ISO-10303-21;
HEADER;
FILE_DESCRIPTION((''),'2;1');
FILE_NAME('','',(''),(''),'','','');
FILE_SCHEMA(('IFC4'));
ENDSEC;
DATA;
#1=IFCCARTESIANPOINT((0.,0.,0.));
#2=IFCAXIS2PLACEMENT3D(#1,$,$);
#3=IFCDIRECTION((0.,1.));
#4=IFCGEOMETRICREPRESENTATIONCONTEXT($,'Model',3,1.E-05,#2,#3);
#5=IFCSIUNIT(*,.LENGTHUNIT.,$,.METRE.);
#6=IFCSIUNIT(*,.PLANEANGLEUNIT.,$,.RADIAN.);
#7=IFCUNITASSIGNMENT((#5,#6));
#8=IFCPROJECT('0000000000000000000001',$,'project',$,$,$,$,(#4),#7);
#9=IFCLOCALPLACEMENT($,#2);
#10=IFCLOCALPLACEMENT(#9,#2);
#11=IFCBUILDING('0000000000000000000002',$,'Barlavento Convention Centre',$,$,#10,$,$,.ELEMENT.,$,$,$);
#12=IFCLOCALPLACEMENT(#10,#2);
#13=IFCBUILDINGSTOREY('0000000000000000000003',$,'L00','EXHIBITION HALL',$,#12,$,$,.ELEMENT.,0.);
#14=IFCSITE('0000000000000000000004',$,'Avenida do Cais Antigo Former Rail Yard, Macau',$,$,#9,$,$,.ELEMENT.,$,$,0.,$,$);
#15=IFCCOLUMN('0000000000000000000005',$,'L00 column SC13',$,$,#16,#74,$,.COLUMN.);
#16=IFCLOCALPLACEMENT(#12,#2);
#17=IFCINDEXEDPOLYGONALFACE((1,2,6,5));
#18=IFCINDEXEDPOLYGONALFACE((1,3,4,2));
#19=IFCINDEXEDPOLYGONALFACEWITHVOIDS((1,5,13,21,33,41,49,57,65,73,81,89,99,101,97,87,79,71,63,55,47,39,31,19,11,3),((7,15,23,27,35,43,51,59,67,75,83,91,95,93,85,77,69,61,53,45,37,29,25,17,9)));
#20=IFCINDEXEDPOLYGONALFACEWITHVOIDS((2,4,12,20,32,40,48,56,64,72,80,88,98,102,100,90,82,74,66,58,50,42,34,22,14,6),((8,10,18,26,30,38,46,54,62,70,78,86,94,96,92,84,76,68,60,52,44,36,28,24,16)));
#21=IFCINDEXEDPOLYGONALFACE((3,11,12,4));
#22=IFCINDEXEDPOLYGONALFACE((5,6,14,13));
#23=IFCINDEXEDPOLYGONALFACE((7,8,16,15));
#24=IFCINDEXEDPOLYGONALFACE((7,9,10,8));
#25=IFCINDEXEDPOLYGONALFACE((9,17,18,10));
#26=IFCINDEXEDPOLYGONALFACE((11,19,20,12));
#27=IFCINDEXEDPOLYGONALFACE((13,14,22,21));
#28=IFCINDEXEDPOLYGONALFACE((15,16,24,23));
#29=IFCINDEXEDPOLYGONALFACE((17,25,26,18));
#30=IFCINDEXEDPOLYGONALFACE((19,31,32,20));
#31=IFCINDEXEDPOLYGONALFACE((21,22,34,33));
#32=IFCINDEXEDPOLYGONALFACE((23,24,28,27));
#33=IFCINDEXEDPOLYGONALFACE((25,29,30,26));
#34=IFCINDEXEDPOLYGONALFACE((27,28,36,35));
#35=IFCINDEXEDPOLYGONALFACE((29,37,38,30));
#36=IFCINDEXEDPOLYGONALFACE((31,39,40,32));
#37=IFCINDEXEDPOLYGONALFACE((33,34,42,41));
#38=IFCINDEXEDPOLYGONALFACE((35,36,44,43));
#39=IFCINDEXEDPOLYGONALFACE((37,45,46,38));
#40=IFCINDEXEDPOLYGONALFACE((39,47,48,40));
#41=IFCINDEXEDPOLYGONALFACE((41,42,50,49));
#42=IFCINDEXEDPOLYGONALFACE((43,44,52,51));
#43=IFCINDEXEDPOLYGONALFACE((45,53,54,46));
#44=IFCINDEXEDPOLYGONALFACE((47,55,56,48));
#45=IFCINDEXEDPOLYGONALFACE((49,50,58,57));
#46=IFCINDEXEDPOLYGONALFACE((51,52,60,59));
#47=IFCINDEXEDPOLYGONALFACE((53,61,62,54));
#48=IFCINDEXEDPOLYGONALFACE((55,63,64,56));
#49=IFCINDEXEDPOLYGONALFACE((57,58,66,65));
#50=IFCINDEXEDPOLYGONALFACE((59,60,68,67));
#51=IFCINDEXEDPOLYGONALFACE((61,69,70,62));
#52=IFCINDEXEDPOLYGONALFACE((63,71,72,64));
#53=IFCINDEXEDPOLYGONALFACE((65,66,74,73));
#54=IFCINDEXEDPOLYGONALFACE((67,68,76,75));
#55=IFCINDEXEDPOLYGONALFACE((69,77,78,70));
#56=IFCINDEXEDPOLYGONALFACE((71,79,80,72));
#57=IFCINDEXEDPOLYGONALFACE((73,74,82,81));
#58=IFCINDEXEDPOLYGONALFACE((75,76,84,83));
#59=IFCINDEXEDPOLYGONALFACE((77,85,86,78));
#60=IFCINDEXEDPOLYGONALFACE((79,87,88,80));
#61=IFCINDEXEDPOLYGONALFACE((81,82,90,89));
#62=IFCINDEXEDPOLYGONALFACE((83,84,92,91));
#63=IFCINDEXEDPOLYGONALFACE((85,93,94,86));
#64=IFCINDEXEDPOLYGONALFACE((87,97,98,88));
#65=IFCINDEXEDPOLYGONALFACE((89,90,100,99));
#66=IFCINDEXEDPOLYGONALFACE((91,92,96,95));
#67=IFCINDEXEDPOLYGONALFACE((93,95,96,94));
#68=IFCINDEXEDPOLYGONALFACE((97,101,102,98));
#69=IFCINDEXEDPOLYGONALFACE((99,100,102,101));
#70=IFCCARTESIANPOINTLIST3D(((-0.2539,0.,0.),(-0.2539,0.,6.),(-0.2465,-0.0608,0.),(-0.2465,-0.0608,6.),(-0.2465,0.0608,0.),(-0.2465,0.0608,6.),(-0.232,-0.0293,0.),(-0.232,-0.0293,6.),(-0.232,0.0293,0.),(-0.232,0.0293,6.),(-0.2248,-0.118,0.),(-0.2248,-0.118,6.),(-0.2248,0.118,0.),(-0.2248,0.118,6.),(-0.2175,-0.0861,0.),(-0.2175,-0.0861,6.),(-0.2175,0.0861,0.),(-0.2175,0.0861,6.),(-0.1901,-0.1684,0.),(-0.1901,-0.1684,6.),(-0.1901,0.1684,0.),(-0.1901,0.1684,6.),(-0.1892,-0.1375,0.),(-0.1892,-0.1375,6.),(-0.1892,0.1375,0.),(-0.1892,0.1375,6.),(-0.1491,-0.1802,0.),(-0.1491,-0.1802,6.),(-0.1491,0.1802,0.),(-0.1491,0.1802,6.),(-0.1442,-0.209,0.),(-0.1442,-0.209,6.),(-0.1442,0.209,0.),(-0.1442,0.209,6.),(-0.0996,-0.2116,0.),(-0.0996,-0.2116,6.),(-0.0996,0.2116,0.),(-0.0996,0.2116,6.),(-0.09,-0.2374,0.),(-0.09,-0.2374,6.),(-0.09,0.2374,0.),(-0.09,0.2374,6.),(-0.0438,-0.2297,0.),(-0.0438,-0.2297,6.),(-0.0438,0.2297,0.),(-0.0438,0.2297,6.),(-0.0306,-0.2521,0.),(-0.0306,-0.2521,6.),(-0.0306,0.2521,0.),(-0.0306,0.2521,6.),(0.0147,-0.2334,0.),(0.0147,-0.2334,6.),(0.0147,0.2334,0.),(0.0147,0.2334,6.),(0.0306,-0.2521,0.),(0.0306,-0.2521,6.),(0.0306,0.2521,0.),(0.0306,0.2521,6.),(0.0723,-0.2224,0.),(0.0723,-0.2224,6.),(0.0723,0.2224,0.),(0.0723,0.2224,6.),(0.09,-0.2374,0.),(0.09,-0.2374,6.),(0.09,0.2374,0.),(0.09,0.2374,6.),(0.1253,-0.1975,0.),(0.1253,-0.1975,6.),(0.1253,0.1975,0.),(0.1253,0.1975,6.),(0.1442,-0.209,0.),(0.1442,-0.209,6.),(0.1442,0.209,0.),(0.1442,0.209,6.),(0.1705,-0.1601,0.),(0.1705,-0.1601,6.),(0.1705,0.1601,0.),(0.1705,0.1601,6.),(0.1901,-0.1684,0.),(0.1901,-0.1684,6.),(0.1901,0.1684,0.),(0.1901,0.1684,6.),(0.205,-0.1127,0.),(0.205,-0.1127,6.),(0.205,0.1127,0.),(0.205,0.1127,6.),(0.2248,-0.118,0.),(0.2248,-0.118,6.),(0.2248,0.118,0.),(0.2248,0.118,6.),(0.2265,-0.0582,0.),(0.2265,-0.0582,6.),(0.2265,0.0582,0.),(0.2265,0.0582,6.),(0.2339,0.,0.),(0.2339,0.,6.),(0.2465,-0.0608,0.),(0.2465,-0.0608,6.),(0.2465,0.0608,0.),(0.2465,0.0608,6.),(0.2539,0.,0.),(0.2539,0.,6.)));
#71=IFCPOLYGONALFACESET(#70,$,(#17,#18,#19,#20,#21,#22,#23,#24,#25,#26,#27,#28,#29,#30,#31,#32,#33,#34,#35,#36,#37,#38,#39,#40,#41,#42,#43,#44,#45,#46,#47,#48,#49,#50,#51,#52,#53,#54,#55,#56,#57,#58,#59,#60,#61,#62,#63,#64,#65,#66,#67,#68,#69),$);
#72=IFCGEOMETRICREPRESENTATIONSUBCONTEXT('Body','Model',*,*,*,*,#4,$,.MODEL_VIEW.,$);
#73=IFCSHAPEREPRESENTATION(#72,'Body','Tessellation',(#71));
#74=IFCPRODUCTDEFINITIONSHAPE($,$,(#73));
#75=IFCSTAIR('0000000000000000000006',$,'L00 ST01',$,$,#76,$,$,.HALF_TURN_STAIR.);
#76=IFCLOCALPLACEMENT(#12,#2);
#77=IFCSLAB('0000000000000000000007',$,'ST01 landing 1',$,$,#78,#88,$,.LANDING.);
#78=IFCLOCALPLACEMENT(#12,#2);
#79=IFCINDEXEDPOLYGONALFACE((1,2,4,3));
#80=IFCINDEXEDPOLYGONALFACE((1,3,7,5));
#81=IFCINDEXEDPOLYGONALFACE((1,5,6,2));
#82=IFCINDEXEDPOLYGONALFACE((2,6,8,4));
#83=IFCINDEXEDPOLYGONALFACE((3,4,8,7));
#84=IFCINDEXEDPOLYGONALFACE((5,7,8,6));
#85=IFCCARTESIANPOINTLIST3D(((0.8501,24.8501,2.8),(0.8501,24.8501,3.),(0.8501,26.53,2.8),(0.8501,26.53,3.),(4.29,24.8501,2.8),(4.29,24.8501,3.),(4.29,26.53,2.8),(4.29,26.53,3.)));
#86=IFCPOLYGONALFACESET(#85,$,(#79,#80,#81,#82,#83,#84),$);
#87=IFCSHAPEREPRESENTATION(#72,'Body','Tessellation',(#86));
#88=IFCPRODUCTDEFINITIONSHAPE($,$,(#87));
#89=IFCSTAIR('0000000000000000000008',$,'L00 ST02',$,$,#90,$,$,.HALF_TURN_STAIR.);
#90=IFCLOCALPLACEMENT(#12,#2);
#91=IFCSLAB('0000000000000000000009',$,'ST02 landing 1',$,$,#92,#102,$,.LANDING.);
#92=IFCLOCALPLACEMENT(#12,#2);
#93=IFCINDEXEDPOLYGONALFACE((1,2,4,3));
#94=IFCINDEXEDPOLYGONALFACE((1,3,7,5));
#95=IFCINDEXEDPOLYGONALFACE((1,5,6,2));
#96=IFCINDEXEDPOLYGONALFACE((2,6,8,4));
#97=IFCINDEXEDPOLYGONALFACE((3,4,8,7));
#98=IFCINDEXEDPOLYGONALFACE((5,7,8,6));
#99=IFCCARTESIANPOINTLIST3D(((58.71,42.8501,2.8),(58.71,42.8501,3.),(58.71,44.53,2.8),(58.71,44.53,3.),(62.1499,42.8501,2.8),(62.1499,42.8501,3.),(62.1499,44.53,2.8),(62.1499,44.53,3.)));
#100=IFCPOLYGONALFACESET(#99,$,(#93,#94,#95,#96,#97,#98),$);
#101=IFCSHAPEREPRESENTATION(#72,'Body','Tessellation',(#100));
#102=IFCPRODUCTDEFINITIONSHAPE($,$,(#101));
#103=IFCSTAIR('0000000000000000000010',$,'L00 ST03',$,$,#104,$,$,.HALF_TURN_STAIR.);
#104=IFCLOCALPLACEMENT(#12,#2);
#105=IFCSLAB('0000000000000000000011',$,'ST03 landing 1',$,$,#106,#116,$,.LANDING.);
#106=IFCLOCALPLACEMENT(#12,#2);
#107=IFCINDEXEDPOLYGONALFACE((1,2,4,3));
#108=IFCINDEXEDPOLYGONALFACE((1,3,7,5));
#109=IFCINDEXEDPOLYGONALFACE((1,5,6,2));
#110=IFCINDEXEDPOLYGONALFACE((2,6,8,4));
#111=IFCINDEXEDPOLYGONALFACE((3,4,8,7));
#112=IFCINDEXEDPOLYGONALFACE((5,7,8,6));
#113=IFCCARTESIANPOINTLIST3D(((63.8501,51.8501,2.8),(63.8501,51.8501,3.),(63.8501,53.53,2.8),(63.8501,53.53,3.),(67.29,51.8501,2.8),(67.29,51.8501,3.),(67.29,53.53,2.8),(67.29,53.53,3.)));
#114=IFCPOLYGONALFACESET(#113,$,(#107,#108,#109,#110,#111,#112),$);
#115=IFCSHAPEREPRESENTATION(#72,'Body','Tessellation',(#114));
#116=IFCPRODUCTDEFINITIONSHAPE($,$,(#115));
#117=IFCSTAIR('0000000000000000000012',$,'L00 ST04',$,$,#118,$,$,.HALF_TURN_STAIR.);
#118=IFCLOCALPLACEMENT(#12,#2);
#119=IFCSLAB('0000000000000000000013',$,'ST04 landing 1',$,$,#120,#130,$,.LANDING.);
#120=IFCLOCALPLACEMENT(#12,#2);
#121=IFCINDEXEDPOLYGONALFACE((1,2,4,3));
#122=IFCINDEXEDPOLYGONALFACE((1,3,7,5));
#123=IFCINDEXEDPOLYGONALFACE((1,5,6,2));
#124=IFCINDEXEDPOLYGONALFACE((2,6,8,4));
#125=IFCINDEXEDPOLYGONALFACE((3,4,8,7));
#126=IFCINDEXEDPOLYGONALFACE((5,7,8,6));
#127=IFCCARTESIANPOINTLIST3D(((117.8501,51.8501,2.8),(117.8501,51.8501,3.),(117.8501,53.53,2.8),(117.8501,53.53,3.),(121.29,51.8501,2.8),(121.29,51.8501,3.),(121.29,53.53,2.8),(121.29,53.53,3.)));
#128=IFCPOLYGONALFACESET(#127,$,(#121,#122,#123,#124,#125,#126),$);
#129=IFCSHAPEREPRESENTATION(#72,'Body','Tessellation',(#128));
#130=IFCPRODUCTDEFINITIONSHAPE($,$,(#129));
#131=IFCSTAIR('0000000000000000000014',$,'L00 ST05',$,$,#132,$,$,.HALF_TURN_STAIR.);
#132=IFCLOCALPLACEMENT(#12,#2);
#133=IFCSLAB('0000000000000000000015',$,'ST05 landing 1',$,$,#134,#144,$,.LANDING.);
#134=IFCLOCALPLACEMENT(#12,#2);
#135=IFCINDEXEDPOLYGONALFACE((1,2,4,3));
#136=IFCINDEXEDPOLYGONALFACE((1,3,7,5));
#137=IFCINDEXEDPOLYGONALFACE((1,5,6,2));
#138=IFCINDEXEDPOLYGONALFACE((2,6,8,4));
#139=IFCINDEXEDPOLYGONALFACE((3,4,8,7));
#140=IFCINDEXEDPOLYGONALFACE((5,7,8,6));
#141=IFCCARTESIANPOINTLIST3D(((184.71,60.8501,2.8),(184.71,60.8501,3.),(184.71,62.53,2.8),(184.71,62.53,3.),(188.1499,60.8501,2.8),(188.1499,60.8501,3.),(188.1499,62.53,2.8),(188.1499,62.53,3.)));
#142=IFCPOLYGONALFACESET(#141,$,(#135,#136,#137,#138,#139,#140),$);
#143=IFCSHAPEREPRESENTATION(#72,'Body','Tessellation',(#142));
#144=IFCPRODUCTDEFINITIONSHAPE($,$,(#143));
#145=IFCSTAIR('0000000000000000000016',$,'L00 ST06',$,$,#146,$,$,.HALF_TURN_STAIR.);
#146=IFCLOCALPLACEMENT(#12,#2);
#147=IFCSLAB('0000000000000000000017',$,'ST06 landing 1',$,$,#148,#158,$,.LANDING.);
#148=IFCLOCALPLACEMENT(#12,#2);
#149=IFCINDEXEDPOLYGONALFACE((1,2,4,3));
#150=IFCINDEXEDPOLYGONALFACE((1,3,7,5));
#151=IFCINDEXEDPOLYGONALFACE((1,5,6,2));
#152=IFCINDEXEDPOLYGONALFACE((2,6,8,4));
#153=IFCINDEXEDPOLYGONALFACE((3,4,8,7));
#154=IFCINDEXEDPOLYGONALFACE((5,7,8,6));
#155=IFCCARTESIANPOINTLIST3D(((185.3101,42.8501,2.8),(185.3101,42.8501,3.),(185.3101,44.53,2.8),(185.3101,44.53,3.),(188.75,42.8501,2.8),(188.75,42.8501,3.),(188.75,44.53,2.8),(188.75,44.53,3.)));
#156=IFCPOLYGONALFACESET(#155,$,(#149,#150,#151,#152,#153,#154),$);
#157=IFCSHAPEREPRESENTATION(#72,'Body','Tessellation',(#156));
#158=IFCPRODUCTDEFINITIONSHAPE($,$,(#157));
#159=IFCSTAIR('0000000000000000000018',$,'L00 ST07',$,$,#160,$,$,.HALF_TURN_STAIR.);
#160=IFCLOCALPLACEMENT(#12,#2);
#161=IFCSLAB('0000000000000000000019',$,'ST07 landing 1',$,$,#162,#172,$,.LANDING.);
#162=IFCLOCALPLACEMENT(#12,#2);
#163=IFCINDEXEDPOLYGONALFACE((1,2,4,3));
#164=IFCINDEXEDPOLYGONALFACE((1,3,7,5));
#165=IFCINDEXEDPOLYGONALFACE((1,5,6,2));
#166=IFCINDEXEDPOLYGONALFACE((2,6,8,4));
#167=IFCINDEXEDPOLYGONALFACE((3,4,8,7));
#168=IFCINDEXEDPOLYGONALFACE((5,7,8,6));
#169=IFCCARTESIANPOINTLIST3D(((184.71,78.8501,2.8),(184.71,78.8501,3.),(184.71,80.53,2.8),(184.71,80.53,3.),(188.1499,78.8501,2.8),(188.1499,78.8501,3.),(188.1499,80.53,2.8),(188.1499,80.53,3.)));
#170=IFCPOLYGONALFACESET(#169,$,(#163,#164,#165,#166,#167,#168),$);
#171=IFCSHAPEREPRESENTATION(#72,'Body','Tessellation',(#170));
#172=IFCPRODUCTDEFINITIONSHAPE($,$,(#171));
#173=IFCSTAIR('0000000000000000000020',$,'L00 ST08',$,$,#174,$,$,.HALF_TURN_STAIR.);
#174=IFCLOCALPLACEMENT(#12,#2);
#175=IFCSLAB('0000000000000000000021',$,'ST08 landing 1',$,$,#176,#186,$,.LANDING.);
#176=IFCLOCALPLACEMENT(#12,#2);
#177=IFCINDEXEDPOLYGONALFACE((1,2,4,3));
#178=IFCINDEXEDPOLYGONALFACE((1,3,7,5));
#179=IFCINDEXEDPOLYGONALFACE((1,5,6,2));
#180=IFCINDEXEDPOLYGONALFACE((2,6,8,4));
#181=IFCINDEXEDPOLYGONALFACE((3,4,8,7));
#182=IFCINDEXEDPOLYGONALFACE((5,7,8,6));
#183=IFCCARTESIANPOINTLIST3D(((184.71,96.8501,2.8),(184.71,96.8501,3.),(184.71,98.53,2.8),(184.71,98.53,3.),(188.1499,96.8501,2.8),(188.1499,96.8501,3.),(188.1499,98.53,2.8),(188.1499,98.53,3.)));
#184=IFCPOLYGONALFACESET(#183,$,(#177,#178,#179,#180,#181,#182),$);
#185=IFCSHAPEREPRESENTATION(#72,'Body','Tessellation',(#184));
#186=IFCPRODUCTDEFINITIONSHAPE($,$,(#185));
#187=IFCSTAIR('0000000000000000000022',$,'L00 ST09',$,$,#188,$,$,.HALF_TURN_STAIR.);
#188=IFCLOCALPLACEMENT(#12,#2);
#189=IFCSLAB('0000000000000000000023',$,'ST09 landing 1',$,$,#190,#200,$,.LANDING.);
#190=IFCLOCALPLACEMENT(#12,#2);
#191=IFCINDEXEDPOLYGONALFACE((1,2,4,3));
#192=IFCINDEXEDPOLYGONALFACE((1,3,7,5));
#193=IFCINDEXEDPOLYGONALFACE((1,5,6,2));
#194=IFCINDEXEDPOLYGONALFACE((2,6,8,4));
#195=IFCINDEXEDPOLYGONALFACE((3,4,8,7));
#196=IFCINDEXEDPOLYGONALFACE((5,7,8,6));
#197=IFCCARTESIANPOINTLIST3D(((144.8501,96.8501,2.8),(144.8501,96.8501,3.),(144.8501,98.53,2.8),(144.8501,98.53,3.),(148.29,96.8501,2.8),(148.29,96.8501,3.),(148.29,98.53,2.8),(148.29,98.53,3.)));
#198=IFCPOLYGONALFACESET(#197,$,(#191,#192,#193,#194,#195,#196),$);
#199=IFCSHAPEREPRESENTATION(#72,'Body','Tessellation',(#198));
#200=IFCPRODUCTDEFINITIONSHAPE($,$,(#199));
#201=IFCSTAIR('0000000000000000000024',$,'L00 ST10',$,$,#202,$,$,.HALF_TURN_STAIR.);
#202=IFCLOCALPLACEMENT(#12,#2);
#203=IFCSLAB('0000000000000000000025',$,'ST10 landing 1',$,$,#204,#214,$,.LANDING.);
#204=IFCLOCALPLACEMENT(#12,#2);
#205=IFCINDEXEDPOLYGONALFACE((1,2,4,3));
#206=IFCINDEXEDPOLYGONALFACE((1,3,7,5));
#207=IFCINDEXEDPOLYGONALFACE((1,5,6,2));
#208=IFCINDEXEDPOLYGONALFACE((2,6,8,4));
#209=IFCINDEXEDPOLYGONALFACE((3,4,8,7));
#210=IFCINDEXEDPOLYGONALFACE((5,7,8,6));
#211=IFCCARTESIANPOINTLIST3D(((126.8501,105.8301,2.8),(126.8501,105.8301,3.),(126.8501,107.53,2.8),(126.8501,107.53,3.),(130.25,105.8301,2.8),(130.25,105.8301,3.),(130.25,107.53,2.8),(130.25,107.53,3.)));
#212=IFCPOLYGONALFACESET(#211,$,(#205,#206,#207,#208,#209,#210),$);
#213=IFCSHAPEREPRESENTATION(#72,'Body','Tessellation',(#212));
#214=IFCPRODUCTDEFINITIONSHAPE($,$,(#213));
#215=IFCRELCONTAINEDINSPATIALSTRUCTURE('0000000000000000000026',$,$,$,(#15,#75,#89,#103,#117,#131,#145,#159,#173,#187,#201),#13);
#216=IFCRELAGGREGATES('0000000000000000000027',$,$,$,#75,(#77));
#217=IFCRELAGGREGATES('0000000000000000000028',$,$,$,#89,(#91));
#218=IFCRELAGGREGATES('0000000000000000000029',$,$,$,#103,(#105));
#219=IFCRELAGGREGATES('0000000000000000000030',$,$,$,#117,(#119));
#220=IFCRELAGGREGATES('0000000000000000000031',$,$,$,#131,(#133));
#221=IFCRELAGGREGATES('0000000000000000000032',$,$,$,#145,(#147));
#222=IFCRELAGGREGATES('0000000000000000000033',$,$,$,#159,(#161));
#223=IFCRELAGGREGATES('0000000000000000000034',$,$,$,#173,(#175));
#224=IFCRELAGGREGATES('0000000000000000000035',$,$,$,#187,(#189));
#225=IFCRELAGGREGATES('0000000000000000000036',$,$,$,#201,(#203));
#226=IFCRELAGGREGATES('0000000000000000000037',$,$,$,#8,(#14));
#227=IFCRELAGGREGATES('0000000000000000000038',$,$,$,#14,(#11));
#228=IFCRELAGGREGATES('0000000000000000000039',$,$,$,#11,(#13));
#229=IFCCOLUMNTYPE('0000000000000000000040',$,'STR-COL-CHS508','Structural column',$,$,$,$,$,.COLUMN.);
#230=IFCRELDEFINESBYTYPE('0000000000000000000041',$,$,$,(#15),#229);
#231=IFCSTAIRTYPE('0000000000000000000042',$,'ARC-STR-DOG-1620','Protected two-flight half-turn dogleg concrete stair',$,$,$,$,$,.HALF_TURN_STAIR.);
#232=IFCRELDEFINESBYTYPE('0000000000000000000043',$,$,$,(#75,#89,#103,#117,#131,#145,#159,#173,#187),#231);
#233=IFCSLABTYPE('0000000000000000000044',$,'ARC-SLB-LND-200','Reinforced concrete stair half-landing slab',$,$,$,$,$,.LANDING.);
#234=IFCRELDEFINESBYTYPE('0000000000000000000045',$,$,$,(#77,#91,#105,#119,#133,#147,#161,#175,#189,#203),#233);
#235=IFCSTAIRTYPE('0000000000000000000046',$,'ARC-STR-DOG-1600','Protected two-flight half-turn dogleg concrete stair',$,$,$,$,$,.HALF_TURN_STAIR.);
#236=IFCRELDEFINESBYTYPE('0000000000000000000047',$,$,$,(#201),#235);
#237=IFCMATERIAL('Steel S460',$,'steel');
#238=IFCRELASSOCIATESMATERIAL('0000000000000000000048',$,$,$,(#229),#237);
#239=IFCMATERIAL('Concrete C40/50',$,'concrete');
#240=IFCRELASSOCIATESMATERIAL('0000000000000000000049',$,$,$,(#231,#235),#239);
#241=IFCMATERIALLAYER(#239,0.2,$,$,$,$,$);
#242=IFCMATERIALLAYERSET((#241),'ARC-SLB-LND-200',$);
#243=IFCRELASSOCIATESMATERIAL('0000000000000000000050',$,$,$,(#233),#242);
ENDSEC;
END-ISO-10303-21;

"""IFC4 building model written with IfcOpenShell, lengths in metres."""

from ifc_helpers import new_model, si_unit, direction, frame, origin, origin_with_axes, origin_2d, place, context, subcontext, project, spatial, polyline, hollow_circle, outline, extrude, material, layer, layer_set, material_profile, profile_set, type_object, element, aggregate, save


model = new_model("IFC4")

# Units and contexts
model_context = context("Model", 3, precision=1e-05, world=origin(), true_north=direction((0.0, 1.0)))
body_context = subcontext(model_context, "Body", "Model", "MODEL_VIEW")
ifc_project = project(units=[si_unit("LENGTHUNIT", "METRE"), si_unit("PLANEANGLEUNIT", "RADIAN")], contexts=[model_context])

# Site, building, storey
site_placement = place(None, origin())
site = spatial("IfcSite", under=ifc_project, at=site_placement, Name="Avenida do Cais Antigo Former Rail Yard, Macau", CompositionType="ELEMENT", RefElevation=0.0)
building_placement = place(site_placement, origin())
building = spatial("IfcBuilding", under=site, at=building_placement, Name="Barlavento Convention Centre", CompositionType="ELEMENT")
storey_placement = place(building_placement, origin())
storey = spatial("IfcBuildingStorey", under=building, at=storey_placement, Name="L00", Description="EXHIBITION HALL", CompositionType="ELEMENT", Elevation=0.0)

# Column
ifc_material_1 = material(Name="Steel S460", Category="steel")
ifc_material_profile = material_profile(ifc_material_1, hollow_circle(Radius=0.2539, WallThickness=0.02, at=origin_2d()), Name="CHS 508.0x20.0")
ifc_profile_set = profile_set([ifc_material_profile], Name="Steel S460")
column_type = type_object("IfcColumnType", Name="STR-COL-CHS508", Description="Structural column", PredefinedType="COLUMN", material=ifc_profile_set)
column_placement = place(storey_placement, origin_with_axes())
element("IfcColumn", 1, at=column_placement, inside=storey, type_object=column_type, Name="L00 column SC13", PredefinedType="COLUMN", context=body_context, shape_type="SweptSolid", body=[
    extrude(hollow_circle(Radius=0.2539, WallThickness=0.02, at=origin_2d()), origin(), (0.0, 0.0, 1.0), 6.0),
])

# Stairs, slabs
ifc_material_2 = material(Name="Concrete C40/50", Category="concrete")
stair_type_1 = type_object("IfcStairType", Name="ARC-STR-DOG-1620", Description="Protected two-flight half-turn dogleg concrete stair", PredefinedType="HALF_TURN_STAIR", material=ifc_material_2)
stair_1_placement = place(storey_placement, origin())
stair_1 = element("IfcStair", 2, at=stair_1_placement, inside=storey, type_object=stair_type_1, Name="L00 ST01", PredefinedType="HALF_TURN_STAIR")
ifc_layer_1 = layer(ifc_material_2, 0.2)
ifc_layer_set_1 = layer_set([ifc_layer_1], Name="ARC-SLB-LND-200")
slab_type_1 = type_object("IfcSlabType", Name="ARC-SLB-LND-200", Description="Reinforced concrete stair half-landing slab", PredefinedType="LANDING", material=ifc_layer_set_1)
slab_1_placement = place(storey_placement, frame((0.0, 0.0, 2.8)))
slab_1 = element("IfcSlab", 3, at=slab_1_placement, type_object=slab_type_1, Name="ST01 landing 1", PredefinedType="LANDING", context=body_context, shape_type="SweptSolid", body=[
    extrude(outline(polyline([(4.29, 24.8501), (4.29, 26.53), (0.8501, 26.53), (0.8501, 24.8501), (4.29, 24.8501)])), origin(), (0.0, 0.0, 1.0), 0.2),
])
aggregate(stair_1, [slab_1])
stair_2_placement = place(storey_placement, origin())
stair_2 = element("IfcStair", 4, at=stair_2_placement, inside=storey, type_object=stair_type_1, Name="L00 ST02", PredefinedType="HALF_TURN_STAIR")
slab_2_placement = place(storey_placement, frame((0.0, 0.0, 2.8)))
slab_2 = element("IfcSlab", 5, at=slab_2_placement, type_object=slab_type_1, Name="ST02 landing 1", PredefinedType="LANDING", context=body_context, shape_type="SweptSolid", body=[
    extrude(outline(polyline([(62.1499, 42.8501), (62.1499, 44.53), (58.71, 44.53), (58.71, 42.8501), (62.1499, 42.8501)])), origin(), (0.0, 0.0, 1.0), 0.2),
])
aggregate(stair_2, [slab_2])
stair_3_placement = place(storey_placement, origin())
stair_3 = element("IfcStair", 6, at=stair_3_placement, inside=storey, type_object=stair_type_1, Name="L00 ST03", PredefinedType="HALF_TURN_STAIR")
slab_3_placement = place(storey_placement, frame((0.0, 0.0, 2.8)))
slab_3 = element("IfcSlab", 7, at=slab_3_placement, type_object=slab_type_1, Name="ST03 landing 1", PredefinedType="LANDING", context=body_context, shape_type="SweptSolid", body=[
    extrude(outline(polyline([(67.29, 51.8501), (67.29, 53.53), (63.8501, 53.53), (63.8501, 51.8501), (67.29, 51.8501)])), origin(), (0.0, 0.0, 1.0), 0.2),
])
aggregate(stair_3, [slab_3])
stair_4_placement = place(storey_placement, origin())
stair_4 = element("IfcStair", 8, at=stair_4_placement, inside=storey, type_object=stair_type_1, Name="L00 ST04", PredefinedType="HALF_TURN_STAIR")
slab_4_placement = place(storey_placement, frame((0.0, 0.0, 2.8)))
slab_4 = element("IfcSlab", 9, at=slab_4_placement, type_object=slab_type_1, Name="ST04 landing 1", PredefinedType="LANDING", context=body_context, shape_type="SweptSolid", body=[
    extrude(outline(polyline([(121.29, 51.8501), (121.29, 53.53), (117.8501, 53.53), (117.8501, 51.8501), (121.29, 51.8501)])), origin(), (0.0, 0.0, 1.0), 0.2),
])
aggregate(stair_4, [slab_4])
stair_5_placement = place(storey_placement, origin())
stair_5 = element("IfcStair", 10, at=stair_5_placement, inside=storey, type_object=stair_type_1, Name="L00 ST05", PredefinedType="HALF_TURN_STAIR")
slab_5_placement = place(storey_placement, frame((0.0, 0.0, 2.8)))
slab_5 = element("IfcSlab", 11, at=slab_5_placement, type_object=slab_type_1, Name="ST05 landing 1", PredefinedType="LANDING", context=body_context, shape_type="SweptSolid", body=[
    extrude(outline(polyline([(188.1499, 60.8501), (188.1499, 62.53), (184.71, 62.53), (184.71, 60.8501), (188.1499, 60.8501)])), origin(), (0.0, 0.0, 1.0), 0.2),
])
aggregate(stair_5, [slab_5])
stair_6_placement = place(storey_placement, origin())
stair_6 = element("IfcStair", 12, at=stair_6_placement, inside=storey, type_object=stair_type_1, Name="L00 ST06", PredefinedType="HALF_TURN_STAIR")
slab_6_placement = place(storey_placement, frame((0.0, 0.0, 2.8)))
slab_6 = element("IfcSlab", 13, at=slab_6_placement, type_object=slab_type_1, Name="ST06 landing 1", PredefinedType="LANDING", context=body_context, shape_type="SweptSolid", body=[
    extrude(outline(polyline([(188.75, 42.8501), (188.75, 44.53), (185.3101, 44.53), (185.3101, 42.8501), (188.75, 42.8501)])), origin(), (0.0, 0.0, 1.0), 0.2),
])
aggregate(stair_6, [slab_6])
stair_7_placement = place(storey_placement, origin())
stair_7 = element("IfcStair", 14, at=stair_7_placement, inside=storey, type_object=stair_type_1, Name="L00 ST07", PredefinedType="HALF_TURN_STAIR")
slab_7_placement = place(storey_placement, frame((0.0, 0.0, 2.8)))
slab_7 = element("IfcSlab", 15, at=slab_7_placement, type_object=slab_type_1, Name="ST07 landing 1", PredefinedType="LANDING", context=body_context, shape_type="SweptSolid", body=[
    extrude(outline(polyline([(188.1499, 78.8501), (188.1499, 80.53), (184.71, 80.53), (184.71, 78.8501), (188.1499, 78.8501)])), origin(), (0.0, 0.0, 1.0), 0.2),
])
aggregate(stair_7, [slab_7])
stair_8_placement = place(storey_placement, origin())
stair_8 = element("IfcStair", 16, at=stair_8_placement, inside=storey, type_object=stair_type_1, Name="L00 ST08", PredefinedType="HALF_TURN_STAIR")
slab_8_placement = place(storey_placement, frame((0.0, 0.0, 2.8)))
slab_8 = element("IfcSlab", 17, at=slab_8_placement, type_object=slab_type_1, Name="ST08 landing 1", PredefinedType="LANDING", context=body_context, shape_type="SweptSolid", body=[
    extrude(outline(polyline([(188.1499, 96.8501), (188.1499, 98.53), (184.71, 98.53), (184.71, 96.8501), (188.1499, 96.8501)])), origin(), (0.0, 0.0, 1.0), 0.2),
])
aggregate(stair_8, [slab_8])
stair_9_placement = place(storey_placement, origin())
stair_9 = element("IfcStair", 18, at=stair_9_placement, inside=storey, type_object=stair_type_1, Name="L00 ST09", PredefinedType="HALF_TURN_STAIR")
slab_9_placement = place(storey_placement, frame((0.0, 0.0, 2.8)))
slab_9 = element("IfcSlab", 19, at=slab_9_placement, type_object=slab_type_1, Name="ST09 landing 1", PredefinedType="LANDING", context=body_context, shape_type="SweptSolid", body=[
    extrude(outline(polyline([(148.29, 96.8501), (148.29, 98.53), (144.8501, 98.53), (144.8501, 96.8501), (148.29, 96.8501)])), origin(), (0.0, 0.0, 1.0), 0.2),
])
aggregate(stair_9, [slab_9])
stair_type_2 = type_object("IfcStairType", Name="ARC-STR-DOG-1600", Description="Protected two-flight half-turn dogleg concrete stair", PredefinedType="HALF_TURN_STAIR", material=ifc_material_2)
stair_10_placement = place(storey_placement, origin())
stair_10 = element("IfcStair", 20, at=stair_10_placement, inside=storey, type_object=stair_type_2, Name="L00 ST10", PredefinedType="HALF_TURN_STAIR")
slab_10_placement = place(storey_placement, frame((0.0, 0.0, 2.8)))
slab_10 = element("IfcSlab", 21, at=slab_10_placement, type_object=slab_type_1, Name="ST10 landing 1", PredefinedType="LANDING", context=body_context, shape_type="SweptSolid", body=[
    extrude(outline(polyline([(130.25, 105.8301), (130.25, 107.53), (126.8501, 107.53), (126.8501, 105.8301), (130.25, 105.8301)])), origin(), (0.0, 0.0, 1.0), 0.2),
])
aggregate(stair_10, [slab_10])

save(model, "model.ifc")
